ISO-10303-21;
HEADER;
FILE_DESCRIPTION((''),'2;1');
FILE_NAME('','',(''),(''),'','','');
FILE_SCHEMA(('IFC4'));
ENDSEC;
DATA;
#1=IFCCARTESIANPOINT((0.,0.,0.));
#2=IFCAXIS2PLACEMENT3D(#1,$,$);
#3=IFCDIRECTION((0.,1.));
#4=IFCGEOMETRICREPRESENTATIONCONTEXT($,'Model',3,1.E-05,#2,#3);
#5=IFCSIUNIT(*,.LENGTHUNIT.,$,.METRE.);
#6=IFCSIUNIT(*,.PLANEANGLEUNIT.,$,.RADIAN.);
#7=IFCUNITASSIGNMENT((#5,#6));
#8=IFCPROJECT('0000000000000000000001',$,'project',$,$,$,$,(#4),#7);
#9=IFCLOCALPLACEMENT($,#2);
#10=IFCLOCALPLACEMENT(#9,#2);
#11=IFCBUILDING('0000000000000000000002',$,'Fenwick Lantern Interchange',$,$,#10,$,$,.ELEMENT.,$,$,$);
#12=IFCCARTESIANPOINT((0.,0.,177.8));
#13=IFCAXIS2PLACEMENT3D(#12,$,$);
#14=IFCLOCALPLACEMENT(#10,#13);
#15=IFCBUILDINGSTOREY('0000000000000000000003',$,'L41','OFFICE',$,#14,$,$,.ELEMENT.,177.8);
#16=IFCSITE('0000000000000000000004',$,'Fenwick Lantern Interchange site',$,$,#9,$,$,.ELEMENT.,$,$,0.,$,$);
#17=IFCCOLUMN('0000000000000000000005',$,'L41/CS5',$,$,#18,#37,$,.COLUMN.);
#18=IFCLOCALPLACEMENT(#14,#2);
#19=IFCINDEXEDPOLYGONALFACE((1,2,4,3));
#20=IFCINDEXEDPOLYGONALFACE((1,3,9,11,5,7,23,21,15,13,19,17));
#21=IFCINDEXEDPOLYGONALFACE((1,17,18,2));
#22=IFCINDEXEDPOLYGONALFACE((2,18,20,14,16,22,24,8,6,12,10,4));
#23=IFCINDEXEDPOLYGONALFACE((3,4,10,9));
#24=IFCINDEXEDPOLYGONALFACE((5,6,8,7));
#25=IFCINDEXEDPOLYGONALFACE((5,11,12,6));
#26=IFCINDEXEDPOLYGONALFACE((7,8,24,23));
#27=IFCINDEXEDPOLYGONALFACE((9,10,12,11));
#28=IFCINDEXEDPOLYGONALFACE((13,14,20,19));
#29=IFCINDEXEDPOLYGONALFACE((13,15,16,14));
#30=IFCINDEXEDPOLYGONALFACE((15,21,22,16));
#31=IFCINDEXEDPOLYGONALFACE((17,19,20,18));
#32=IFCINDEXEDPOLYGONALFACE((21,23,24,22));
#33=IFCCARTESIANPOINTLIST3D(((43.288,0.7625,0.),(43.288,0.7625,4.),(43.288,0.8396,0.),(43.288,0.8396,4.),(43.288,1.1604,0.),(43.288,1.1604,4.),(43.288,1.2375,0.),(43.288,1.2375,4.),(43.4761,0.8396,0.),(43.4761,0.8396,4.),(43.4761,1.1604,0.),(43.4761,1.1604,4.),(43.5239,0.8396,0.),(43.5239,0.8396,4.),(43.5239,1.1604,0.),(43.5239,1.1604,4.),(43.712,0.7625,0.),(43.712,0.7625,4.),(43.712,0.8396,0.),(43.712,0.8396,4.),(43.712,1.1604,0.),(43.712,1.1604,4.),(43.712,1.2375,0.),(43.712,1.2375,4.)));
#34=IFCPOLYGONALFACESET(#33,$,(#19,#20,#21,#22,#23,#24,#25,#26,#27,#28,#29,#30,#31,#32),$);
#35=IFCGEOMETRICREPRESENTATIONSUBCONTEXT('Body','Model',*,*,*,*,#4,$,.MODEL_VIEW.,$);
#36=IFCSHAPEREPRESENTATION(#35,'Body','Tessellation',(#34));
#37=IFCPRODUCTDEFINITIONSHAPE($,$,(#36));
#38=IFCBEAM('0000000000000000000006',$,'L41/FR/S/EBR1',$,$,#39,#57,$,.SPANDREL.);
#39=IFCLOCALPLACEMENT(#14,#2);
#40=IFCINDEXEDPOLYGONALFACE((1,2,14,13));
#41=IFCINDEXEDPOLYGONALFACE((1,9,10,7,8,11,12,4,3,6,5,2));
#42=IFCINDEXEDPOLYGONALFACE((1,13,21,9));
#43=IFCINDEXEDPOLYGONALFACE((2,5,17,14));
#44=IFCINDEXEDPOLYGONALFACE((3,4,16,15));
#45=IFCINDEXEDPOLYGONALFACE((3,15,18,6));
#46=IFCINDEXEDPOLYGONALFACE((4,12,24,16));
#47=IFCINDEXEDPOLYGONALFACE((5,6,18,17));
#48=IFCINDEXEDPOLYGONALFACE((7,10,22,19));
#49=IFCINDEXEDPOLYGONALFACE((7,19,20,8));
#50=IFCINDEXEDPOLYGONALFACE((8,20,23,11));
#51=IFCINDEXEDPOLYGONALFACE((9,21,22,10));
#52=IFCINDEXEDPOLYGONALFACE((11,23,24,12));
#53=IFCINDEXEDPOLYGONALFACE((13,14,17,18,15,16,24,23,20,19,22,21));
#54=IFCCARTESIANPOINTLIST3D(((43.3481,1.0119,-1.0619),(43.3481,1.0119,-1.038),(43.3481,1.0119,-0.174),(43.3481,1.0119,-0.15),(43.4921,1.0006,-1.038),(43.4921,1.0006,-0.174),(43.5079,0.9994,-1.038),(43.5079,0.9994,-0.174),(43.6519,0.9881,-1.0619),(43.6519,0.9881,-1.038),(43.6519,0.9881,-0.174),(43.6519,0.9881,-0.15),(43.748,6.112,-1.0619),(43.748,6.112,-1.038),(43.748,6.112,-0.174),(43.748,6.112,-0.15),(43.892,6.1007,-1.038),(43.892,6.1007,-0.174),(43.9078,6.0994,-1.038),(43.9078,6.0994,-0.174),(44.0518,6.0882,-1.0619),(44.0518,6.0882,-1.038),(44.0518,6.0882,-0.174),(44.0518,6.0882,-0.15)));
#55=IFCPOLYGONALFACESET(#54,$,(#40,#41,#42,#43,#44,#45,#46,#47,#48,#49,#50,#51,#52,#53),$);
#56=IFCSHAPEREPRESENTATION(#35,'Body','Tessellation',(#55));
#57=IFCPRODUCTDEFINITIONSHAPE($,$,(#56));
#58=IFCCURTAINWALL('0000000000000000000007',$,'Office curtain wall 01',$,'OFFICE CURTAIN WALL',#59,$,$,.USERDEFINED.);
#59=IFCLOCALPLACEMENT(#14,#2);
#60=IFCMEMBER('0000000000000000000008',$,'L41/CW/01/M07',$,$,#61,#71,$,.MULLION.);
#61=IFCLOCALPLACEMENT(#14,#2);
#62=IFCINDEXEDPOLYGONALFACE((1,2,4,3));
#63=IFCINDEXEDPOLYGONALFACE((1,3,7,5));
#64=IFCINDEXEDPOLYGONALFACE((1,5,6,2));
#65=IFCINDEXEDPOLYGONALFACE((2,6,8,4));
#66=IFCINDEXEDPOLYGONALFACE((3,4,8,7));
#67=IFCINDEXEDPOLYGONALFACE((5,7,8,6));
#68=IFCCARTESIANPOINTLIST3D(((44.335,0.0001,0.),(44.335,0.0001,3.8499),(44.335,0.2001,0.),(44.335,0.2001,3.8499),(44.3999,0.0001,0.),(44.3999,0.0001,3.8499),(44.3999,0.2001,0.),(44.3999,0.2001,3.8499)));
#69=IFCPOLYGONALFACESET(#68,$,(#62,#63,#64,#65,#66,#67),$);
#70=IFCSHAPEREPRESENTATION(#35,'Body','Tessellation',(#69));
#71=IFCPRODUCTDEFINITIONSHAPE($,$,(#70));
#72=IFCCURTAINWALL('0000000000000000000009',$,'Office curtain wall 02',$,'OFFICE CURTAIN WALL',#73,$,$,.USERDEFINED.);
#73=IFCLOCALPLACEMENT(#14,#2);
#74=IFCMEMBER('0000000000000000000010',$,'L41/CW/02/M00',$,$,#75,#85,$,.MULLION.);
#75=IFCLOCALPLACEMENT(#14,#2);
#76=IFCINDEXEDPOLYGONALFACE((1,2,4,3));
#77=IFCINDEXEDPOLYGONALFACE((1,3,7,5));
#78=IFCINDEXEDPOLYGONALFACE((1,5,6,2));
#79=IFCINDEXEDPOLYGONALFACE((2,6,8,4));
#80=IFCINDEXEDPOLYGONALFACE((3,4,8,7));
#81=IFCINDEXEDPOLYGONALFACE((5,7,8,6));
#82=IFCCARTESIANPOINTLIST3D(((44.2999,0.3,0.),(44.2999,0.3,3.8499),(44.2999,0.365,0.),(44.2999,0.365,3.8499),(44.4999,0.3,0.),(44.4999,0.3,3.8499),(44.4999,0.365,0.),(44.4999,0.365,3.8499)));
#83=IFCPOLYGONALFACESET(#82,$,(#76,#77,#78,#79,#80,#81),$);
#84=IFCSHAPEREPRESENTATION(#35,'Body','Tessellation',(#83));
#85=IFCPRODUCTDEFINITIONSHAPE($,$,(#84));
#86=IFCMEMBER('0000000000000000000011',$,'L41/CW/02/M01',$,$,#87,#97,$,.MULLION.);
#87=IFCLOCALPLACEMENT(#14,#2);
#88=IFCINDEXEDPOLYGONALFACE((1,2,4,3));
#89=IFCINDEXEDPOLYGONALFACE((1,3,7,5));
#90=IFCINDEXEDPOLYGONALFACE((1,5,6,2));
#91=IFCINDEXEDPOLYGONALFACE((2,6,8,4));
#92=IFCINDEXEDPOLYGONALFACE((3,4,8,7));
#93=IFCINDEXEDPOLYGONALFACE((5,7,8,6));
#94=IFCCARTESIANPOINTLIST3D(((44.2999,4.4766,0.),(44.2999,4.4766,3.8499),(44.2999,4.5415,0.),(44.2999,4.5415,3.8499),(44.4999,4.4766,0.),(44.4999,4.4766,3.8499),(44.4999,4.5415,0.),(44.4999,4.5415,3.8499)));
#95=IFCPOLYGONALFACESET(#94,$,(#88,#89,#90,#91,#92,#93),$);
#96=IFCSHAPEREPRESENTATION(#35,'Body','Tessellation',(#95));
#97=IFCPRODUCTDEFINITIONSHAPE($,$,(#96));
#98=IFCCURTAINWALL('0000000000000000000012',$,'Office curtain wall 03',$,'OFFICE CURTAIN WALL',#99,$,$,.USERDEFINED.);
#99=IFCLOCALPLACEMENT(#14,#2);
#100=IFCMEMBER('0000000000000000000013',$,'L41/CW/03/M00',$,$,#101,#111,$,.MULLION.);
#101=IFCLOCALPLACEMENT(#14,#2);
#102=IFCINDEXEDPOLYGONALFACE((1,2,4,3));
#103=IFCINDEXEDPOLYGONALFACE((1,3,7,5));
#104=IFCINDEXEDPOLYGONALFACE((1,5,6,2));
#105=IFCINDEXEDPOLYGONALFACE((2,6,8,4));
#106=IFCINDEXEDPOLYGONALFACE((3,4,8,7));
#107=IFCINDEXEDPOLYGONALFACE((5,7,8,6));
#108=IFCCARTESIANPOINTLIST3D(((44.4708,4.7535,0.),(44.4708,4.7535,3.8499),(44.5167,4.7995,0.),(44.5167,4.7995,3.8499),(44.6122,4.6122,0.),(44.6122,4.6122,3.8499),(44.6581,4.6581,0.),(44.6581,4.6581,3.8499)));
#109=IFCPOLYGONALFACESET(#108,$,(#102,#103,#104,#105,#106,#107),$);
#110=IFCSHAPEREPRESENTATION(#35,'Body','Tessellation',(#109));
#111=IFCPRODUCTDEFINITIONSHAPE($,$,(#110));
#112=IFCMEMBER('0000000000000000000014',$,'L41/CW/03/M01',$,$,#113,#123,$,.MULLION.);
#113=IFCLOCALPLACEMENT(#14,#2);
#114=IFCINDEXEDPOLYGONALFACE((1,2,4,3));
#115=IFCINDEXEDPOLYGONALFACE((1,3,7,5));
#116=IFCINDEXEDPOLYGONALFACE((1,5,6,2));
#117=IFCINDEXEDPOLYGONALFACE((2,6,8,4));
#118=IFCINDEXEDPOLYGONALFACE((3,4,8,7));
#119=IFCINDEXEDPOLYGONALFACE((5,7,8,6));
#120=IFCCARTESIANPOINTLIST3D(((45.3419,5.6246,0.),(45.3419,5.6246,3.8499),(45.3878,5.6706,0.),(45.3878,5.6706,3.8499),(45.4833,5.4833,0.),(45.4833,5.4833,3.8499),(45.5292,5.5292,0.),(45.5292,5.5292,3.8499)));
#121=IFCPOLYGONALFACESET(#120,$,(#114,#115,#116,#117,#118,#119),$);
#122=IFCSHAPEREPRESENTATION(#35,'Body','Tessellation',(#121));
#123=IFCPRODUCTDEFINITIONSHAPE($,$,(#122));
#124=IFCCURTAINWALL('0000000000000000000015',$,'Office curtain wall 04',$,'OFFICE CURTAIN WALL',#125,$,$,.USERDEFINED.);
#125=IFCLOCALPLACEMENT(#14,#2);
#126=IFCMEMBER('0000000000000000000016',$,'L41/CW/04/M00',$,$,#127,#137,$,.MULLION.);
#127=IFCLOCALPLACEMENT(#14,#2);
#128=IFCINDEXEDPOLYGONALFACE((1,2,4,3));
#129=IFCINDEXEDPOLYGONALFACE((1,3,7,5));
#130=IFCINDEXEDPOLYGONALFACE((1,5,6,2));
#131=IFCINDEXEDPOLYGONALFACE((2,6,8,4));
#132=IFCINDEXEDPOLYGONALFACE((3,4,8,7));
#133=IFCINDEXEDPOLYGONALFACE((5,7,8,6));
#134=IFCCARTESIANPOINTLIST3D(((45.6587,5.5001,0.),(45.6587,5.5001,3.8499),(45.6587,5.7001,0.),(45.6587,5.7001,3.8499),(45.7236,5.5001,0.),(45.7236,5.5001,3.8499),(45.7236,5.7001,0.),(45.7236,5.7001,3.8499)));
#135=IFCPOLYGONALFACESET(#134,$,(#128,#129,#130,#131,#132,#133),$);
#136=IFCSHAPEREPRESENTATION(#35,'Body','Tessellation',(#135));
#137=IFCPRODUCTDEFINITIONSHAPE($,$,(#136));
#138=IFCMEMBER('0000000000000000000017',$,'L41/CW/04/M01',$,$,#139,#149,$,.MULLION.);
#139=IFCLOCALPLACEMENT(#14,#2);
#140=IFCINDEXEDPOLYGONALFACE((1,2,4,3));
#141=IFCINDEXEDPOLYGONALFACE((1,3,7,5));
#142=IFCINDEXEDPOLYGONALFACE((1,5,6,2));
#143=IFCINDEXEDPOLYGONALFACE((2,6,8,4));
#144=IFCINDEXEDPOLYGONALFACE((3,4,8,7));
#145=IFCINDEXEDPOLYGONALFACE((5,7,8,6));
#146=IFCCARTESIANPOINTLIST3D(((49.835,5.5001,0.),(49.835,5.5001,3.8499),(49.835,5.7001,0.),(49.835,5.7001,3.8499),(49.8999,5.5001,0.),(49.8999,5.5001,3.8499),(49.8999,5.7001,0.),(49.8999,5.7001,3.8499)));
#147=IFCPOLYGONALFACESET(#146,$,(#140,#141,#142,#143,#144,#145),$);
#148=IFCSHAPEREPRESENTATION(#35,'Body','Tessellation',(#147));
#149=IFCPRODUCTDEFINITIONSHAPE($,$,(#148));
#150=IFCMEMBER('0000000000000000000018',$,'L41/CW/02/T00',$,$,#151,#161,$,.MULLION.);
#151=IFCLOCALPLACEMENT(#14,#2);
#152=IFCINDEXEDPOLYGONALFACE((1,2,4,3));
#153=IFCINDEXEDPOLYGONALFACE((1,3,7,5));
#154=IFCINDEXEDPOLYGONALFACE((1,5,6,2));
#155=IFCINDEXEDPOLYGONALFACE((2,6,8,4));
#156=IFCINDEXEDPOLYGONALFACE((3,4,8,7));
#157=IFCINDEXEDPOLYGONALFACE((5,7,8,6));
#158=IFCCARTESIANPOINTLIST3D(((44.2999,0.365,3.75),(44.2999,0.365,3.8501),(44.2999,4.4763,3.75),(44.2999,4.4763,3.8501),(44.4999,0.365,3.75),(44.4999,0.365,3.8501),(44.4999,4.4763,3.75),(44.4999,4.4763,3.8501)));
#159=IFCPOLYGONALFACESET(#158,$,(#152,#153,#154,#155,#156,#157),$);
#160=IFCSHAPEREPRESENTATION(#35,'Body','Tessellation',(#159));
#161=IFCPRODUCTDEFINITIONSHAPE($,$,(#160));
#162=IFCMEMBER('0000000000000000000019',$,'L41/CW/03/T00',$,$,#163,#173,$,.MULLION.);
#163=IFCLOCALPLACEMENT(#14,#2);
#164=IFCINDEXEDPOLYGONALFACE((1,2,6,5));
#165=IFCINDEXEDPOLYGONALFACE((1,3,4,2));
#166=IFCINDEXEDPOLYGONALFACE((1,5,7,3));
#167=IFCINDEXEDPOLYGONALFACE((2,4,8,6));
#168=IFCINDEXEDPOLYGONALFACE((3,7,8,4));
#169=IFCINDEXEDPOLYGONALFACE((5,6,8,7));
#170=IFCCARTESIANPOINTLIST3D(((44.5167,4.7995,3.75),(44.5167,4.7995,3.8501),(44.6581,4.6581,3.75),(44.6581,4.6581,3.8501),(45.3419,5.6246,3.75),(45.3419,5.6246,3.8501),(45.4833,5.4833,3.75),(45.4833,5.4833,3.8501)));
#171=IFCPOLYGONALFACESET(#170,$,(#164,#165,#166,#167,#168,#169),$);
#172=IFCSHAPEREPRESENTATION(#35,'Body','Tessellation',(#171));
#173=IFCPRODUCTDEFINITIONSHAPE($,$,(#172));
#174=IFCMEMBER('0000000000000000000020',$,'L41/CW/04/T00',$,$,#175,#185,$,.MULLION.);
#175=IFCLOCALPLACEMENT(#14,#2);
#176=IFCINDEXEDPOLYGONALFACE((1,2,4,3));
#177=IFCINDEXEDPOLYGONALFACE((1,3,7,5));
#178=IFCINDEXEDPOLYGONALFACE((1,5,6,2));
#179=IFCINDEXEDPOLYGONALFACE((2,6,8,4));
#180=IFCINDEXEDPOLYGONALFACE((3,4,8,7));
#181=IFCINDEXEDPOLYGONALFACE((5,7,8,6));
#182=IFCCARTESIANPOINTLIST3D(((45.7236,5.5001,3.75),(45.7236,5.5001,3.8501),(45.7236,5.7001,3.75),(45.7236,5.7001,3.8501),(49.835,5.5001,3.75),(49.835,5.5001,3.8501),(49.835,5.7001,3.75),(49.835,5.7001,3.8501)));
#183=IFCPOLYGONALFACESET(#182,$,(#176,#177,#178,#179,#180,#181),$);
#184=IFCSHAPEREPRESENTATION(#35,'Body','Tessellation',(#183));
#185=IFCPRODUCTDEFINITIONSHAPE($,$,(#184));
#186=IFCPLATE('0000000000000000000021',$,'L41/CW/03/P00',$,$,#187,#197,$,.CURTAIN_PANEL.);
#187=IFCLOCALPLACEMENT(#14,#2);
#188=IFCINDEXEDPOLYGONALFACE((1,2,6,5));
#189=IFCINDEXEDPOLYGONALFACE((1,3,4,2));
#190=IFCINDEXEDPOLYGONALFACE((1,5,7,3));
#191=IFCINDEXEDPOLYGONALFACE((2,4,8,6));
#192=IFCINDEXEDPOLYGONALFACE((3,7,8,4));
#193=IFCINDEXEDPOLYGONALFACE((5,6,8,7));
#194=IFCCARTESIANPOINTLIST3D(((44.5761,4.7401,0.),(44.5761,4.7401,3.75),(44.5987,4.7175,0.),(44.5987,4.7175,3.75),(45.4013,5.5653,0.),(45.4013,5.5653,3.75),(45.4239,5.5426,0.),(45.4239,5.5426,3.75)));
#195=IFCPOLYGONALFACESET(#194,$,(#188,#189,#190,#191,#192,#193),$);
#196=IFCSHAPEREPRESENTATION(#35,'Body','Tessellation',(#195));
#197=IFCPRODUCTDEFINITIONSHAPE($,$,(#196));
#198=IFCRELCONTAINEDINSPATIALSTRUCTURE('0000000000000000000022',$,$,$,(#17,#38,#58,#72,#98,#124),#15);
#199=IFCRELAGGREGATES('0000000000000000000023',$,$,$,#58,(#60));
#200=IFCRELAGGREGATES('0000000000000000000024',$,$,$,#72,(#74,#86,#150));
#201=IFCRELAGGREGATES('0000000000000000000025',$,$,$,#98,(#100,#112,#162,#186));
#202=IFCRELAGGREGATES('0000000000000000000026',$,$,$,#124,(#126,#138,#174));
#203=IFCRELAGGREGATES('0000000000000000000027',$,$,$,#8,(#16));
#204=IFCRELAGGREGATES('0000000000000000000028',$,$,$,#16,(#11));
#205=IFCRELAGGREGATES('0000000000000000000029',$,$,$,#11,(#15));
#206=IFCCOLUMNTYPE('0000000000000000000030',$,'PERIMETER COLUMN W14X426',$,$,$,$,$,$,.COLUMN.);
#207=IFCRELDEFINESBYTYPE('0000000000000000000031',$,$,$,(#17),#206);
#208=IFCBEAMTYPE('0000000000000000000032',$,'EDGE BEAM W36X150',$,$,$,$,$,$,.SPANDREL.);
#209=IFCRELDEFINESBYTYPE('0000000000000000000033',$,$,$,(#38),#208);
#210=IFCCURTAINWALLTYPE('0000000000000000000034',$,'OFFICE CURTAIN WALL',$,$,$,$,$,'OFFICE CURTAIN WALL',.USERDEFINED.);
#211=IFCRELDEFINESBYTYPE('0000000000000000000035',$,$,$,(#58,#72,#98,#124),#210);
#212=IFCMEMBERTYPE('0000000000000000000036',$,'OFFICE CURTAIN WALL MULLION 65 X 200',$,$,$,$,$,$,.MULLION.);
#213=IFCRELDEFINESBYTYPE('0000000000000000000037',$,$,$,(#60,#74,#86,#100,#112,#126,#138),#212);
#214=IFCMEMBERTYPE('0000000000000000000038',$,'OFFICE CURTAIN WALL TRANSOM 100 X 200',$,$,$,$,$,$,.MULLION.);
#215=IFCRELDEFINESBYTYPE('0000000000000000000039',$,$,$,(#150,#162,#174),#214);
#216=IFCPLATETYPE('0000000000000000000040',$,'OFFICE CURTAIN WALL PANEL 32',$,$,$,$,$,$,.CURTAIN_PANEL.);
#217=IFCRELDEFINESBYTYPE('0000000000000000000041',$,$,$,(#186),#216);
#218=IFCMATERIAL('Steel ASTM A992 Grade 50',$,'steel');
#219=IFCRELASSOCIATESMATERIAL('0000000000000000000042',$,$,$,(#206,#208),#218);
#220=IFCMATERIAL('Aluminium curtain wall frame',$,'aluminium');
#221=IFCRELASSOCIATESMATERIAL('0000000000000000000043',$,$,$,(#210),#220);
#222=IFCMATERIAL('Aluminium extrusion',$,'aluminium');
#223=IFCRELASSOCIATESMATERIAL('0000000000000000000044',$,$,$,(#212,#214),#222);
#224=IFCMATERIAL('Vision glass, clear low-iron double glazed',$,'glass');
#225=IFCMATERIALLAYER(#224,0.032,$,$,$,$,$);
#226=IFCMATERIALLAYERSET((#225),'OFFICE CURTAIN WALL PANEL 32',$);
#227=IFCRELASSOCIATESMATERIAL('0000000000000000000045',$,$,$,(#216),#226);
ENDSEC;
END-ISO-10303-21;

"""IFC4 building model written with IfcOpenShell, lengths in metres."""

from ifc_helpers import new_model, si_unit, direction, frame, origin, origin_2d, place, context, subcontext, project, spatial, rectangle, i_section, extrude, material, layer, layer_set, material_profile, profile_set, type_object, element, aggregate, save


model = new_model("IFC4")

# Units and contexts
model_context = context("Model", 3, precision=1e-05, world=origin(), true_north=direction((0.0, 1.0)))
body_context = subcontext(model_context, "Body", "Model", "MODEL_VIEW")
ifc_project = project(units=[si_unit("LENGTHUNIT", "METRE"), si_unit("PLANEANGLEUNIT", "RADIAN")], contexts=[model_context])

# Site, building, storey
site_placement = place(None, origin())
site = spatial("IfcSite", under=ifc_project, at=site_placement, Name="Fenwick Lantern Interchange site", CompositionType="ELEMENT", RefElevation=0.0)
building_placement = place(site_placement, origin())
building = spatial("IfcBuilding", under=site, at=building_placement, Name="Fenwick Lantern Interchange", CompositionType="ELEMENT")
storey_placement = place(building_placement, frame((0.0, 0.0, 177.8)))
storey = spatial("IfcBuildingStorey", under=building, at=storey_placement, Name="L41", Description="OFFICE", CompositionType="ELEMENT", Elevation=177.8)

# Column
ifc_material_1 = material(Name="Steel ASTM A992 Grade 50", Category="steel")
ifc_material_profile_1 = material_profile(ifc_material_1, i_section(OverallWidth=0.4241, OverallDepth=0.4751, WebThickness=0.0479, FlangeThickness=0.0771, at=origin_2d()), Name="W14X426")
ifc_profile_set_1 = profile_set([ifc_material_profile_1], Name="Steel ASTM A992 Grade 50")
column_type = type_object("IfcColumnType", Name="PERIMETER COLUMN W14X426", PredefinedType="COLUMN", material=ifc_profile_set_1)
column_placement = place(storey_placement, frame((43.5, 1.0, 0.0), z_axis=(0.0, 0.0, 1.0), x_axis=(1.0, 0.0, 0.0)))
element("IfcColumn", 1, at=column_placement, inside=storey, type_object=column_type, Name="L41/CS5", PredefinedType="COLUMN", context=body_context, shape_type="SweptSolid", body=[
    extrude(i_section(OverallWidth=0.4241, OverallDepth=0.4751, WebThickness=0.0479, FlangeThickness=0.0771, at=origin_2d()), origin(), (0.0, 0.0, 1.0), 4.0),
])

# Beam
ifc_material_profile_2 = material_profile(ifc_material_1, i_section(OverallWidth=0.3047, OverallDepth=0.9119, WebThickness=0.0159, FlangeThickness=0.0239, at=origin_2d()), Name="W36X150")
ifc_profile_set_2 = profile_set([ifc_material_profile_2], Name="Steel ASTM A992 Grade 50")
beam_type = type_object("IfcBeamType", Name="EDGE BEAM W36X150", PredefinedType="SPANDREL", material=ifc_profile_set_2)
beam_placement = place(storey_placement, frame((43.5, 1.0, -0.606), z_axis=(0.078171, 0.99694, 0.0), x_axis=(-0.99694, 0.078171, 0.0)))
element("IfcBeam", 2, at=beam_placement, inside=storey, type_object=beam_type, Name="L41/FR/S/EBR1", PredefinedType="SPANDREL", context=body_context, shape_type="SweptSolid", body=[
    extrude(i_section(OverallWidth=0.3047, OverallDepth=0.9119, WebThickness=0.0159, FlangeThickness=0.0239, at=origin_2d()), origin(), (0.0, 0.0, 1.0), 5.1157),
])

# Curtain wall, member
ifc_material_2 = material(Name="Aluminium curtain wall frame", Category="aluminium")
curtain_wall_type = type_object("IfcCurtainWallType", Name="OFFICE CURTAIN WALL", ElementType="OFFICE CURTAIN WALL", PredefinedType="USERDEFINED", material=ifc_material_2)
curtain_wall_1_placement = place(storey_placement, origin())
curtain_wall_1 = element("IfcCurtainWall", 3, at=curtain_wall_1_placement, inside=storey, type_object=curtain_wall_type, Name="Office curtain wall 01", ObjectType="OFFICE CURTAIN WALL", PredefinedType="USERDEFINED")
ifc_material_3 = material(Name="Aluminium extrusion", Category="aluminium")
ifc_material_profile_3 = material_profile(ifc_material_3, rectangle(XDim=0.2, YDim=0.0649, at=origin_2d()), Name="OFFICE CURTAIN WALL MULLION 65 X 200")
ifc_profile_set_3 = profile_set([ifc_material_profile_3], Name="Aluminium extrusion")
member_type_1 = type_object("IfcMemberType", Name="OFFICE CURTAIN WALL MULLION 65 X 200", PredefinedType="MULLION", material=ifc_profile_set_3)
member_1_placement = place(storey_placement, frame((44.3674, 0.1001, 0.0), z_axis=(0.0, 0.0, 1.0), x_axis=(0.0, 1.0, 0.0)))
member_1 = element("IfcMember", 4, at=member_1_placement, type_object=member_type_1, Name="L41/CW/01/M07", PredefinedType="MULLION", context=body_context, shape_type="SweptSolid", body=[
    extrude(rectangle(XDim=0.2, YDim=0.0649, at=origin_2d()), origin(), (0.0, 0.0, 1.0), 3.8499),
])
aggregate(curtain_wall_1, [member_1])

# Curtain walls, members
curtain_wall_2_placement = place(storey_placement, origin())
curtain_wall_2 = element("IfcCurtainWall", 5, at=curtain_wall_2_placement, inside=storey, type_object=curtain_wall_type, Name="Office curtain wall 02", ObjectType="OFFICE CURTAIN WALL", PredefinedType="USERDEFINED")
member_2_placement = place(storey_placement, frame((44.3999, 0.3325, 0.0), z_axis=(0.0, 0.0, 1.0), x_axis=(-1.0, 0.0, 0.0)))
member_2 = element("IfcMember", 6, at=member_2_placement, type_object=member_type_1, Name="L41/CW/02/M00", PredefinedType="MULLION", context=body_context, shape_type="SweptSolid", body=[
    extrude(rectangle(XDim=0.2, YDim=0.0649, at=origin_2d()), origin(), (0.0, 0.0, 1.0), 3.8499),
])
member_3_placement = place(storey_placement, frame((44.3999, 4.509, 0.0), z_axis=(0.0, 0.0, 1.0), x_axis=(-1.0, 0.0, 0.0)))
member_3 = element("IfcMember", 7, at=member_3_placement, type_object=member_type_1, Name="L41/CW/02/M01", PredefinedType="MULLION", context=body_context, shape_type="SweptSolid", body=[
    extrude(rectangle(XDim=0.2, YDim=0.0649, at=origin_2d()), origin(), (0.0, 0.0, 1.0), 3.8499),
])
curtain_wall_3_placement = place(storey_placement, origin())
curtain_wall_3 = element("IfcCurtainWall", 8, at=curtain_wall_3_placement, inside=storey, type_object=curtain_wall_type, Name="Office curtain wall 03", ObjectType="OFFICE CURTAIN WALL", PredefinedType="USERDEFINED")
member_4_placement = place(storey_placement, frame((44.5645, 4.7058, 0.0), z_axis=(0.0, 0.0, 1.0), x_axis=(-0.707107, 0.707107, 0.0)))
member_4 = element("IfcMember", 9, at=member_4_placement, type_object=member_type_1, Name="L41/CW/03/M00", PredefinedType="MULLION", context=body_context, shape_type="SweptSolid", body=[
    extrude(rectangle(XDim=0.2, YDim=0.0649, at=origin_2d()), origin(), (0.0, 0.0, 1.0), 3.8499),
])
member_5_placement = place(storey_placement, frame((45.4355, 5.5769, 0.0), z_axis=(0.0, 0.0, 1.0), x_axis=(-0.707107, 0.707107, 0.0)))
member_5 = element("IfcMember", 10, at=member_5_placement, type_object=member_type_1, Name="L41/CW/03/M01", PredefinedType="MULLION", context=body_context, shape_type="SweptSolid", body=[
    extrude(rectangle(XDim=0.2, YDim=0.0649, at=origin_2d()), origin(), (0.0, 0.0, 1.0), 3.8499),
])
curtain_wall_4_placement = place(storey_placement, origin())
curtain_wall_4 = element("IfcCurtainWall", 11, at=curtain_wall_4_placement, inside=storey, type_object=curtain_wall_type, Name="Office curtain wall 04", ObjectType="OFFICE CURTAIN WALL", PredefinedType="USERDEFINED")
member_6_placement = place(storey_placement, frame((45.6912, 5.6001, 0.0), z_axis=(0.0, 0.0, 1.0), x_axis=(0.0, 1.0, 0.0)))
member_6 = element("IfcMember", 12, at=member_6_placement, type_object=member_type_1, Name="L41/CW/04/M00", PredefinedType="MULLION", context=body_context, shape_type="SweptSolid", body=[
    extrude(rectangle(XDim=0.2, YDim=0.0649, at=origin_2d()), origin(), (0.0, 0.0, 1.0), 3.8499),
])
member_7_placement = place(storey_placement, frame((49.8674, 5.6001, 0.0), z_axis=(0.0, 0.0, 1.0), x_axis=(0.0, 1.0, 0.0)))
member_7 = element("IfcMember", 13, at=member_7_placement, type_object=member_type_1, Name="L41/CW/04/M01", PredefinedType="MULLION", context=body_context, shape_type="SweptSolid", body=[
    extrude(rectangle(XDim=0.2, YDim=0.0649, at=origin_2d()), origin(), (0.0, 0.0, 1.0), 3.8499),
])

# Members
ifc_material_profile_4 = material_profile(ifc_material_3, rectangle(XDim=0.2, YDim=0.1001, at=origin_2d()), Name="OFFICE CURTAIN WALL TRANSOM 100 X 200")
ifc_profile_set_4 = profile_set([ifc_material_profile_4], Name="Aluminium extrusion")
member_type_2 = type_object("IfcMemberType", Name="OFFICE CURTAIN WALL TRANSOM 100 X 200", PredefinedType="MULLION", material=ifc_profile_set_4)
member_8_placement = place(storey_placement, frame((44.3999, 0.365, 3.8), z_axis=(0.0, 1.0, 0.0), x_axis=(-1.0, 0.0, 0.0)))
member_8 = element("IfcMember", 14, at=member_8_placement, type_object=member_type_2, Name="L41/CW/02/T00", PredefinedType="MULLION", context=body_context, shape_type="SweptSolid", body=[
    extrude(rectangle(XDim=0.2, YDim=0.1001, at=origin_2d()), origin(), (0.0, 0.0, 1.0), 4.1113),
])
member_9_placement = place(storey_placement, frame((44.5874, 4.7288, 3.8), z_axis=(0.707107, 0.707107, 0.0), x_axis=(-0.707107, 0.707107, 0.0)))
member_9 = element("IfcMember", 15, at=member_9_placement, type_object=member_type_2, Name="L41/CW/03/T00", PredefinedType="MULLION", context=body_context, shape_type="SweptSolid", body=[
    extrude(rectangle(XDim=0.2, YDim=0.1001, at=origin_2d()), origin(), (0.0, 0.0, 1.0), 1.167),
])
member_10_placement = place(storey_placement, frame((45.7236, 5.6001, 3.8), z_axis=(1.0, 0.0, 0.0), x_axis=(0.0, 1.0, 0.0)))
member_10 = element("IfcMember", 16, at=member_10_placement, type_object=member_type_2, Name="L41/CW/04/T00", PredefinedType="MULLION", context=body_context, shape_type="SweptSolid", body=[
    extrude(rectangle(XDim=0.2, YDim=0.1001, at=origin_2d()), origin(), (0.0, 0.0, 1.0), 4.1113),
])

# Plate
ifc_material_4 = material(Name="Vision glass, clear low-iron double glazed", Category="glass")
ifc_layer_1 = layer(ifc_material_4, 0.032)
ifc_layer_set_1 = layer_set([ifc_layer_1], Name="OFFICE CURTAIN WALL PANEL 32")
plate_type = type_object("IfcPlateType", Name="OFFICE CURTAIN WALL PANEL 32", PredefinedType="CURTAIN_PANEL", material=ifc_layer_set_1)
aggregate(curtain_wall_2, [member_2, member_3, member_8])
plate_1_placement = place(storey_placement, frame((45.0, 5.1414, 0.0), z_axis=(0.0, 0.0, 1.0), x_axis=(0.707107, 0.707107, 0.0)))
plate_1 = element("IfcPlate", 17, at=plate_1_placement, type_object=plate_type, Name="L41/CW/03/P00", PredefinedType="CURTAIN_PANEL", context=body_context, shape_type="SweptSolid", body=[
    extrude(rectangle(XDim=1.167, YDim=0.032, at=origin_2d()), origin(), (0.0, 0.0, 1.0), 3.75),
])
aggregate(curtain_wall_3, [member_4, member_5, member_9, plate_1])
aggregate(curtain_wall_4, [member_6, member_7, member_10])

save(model, "model.ifc")
